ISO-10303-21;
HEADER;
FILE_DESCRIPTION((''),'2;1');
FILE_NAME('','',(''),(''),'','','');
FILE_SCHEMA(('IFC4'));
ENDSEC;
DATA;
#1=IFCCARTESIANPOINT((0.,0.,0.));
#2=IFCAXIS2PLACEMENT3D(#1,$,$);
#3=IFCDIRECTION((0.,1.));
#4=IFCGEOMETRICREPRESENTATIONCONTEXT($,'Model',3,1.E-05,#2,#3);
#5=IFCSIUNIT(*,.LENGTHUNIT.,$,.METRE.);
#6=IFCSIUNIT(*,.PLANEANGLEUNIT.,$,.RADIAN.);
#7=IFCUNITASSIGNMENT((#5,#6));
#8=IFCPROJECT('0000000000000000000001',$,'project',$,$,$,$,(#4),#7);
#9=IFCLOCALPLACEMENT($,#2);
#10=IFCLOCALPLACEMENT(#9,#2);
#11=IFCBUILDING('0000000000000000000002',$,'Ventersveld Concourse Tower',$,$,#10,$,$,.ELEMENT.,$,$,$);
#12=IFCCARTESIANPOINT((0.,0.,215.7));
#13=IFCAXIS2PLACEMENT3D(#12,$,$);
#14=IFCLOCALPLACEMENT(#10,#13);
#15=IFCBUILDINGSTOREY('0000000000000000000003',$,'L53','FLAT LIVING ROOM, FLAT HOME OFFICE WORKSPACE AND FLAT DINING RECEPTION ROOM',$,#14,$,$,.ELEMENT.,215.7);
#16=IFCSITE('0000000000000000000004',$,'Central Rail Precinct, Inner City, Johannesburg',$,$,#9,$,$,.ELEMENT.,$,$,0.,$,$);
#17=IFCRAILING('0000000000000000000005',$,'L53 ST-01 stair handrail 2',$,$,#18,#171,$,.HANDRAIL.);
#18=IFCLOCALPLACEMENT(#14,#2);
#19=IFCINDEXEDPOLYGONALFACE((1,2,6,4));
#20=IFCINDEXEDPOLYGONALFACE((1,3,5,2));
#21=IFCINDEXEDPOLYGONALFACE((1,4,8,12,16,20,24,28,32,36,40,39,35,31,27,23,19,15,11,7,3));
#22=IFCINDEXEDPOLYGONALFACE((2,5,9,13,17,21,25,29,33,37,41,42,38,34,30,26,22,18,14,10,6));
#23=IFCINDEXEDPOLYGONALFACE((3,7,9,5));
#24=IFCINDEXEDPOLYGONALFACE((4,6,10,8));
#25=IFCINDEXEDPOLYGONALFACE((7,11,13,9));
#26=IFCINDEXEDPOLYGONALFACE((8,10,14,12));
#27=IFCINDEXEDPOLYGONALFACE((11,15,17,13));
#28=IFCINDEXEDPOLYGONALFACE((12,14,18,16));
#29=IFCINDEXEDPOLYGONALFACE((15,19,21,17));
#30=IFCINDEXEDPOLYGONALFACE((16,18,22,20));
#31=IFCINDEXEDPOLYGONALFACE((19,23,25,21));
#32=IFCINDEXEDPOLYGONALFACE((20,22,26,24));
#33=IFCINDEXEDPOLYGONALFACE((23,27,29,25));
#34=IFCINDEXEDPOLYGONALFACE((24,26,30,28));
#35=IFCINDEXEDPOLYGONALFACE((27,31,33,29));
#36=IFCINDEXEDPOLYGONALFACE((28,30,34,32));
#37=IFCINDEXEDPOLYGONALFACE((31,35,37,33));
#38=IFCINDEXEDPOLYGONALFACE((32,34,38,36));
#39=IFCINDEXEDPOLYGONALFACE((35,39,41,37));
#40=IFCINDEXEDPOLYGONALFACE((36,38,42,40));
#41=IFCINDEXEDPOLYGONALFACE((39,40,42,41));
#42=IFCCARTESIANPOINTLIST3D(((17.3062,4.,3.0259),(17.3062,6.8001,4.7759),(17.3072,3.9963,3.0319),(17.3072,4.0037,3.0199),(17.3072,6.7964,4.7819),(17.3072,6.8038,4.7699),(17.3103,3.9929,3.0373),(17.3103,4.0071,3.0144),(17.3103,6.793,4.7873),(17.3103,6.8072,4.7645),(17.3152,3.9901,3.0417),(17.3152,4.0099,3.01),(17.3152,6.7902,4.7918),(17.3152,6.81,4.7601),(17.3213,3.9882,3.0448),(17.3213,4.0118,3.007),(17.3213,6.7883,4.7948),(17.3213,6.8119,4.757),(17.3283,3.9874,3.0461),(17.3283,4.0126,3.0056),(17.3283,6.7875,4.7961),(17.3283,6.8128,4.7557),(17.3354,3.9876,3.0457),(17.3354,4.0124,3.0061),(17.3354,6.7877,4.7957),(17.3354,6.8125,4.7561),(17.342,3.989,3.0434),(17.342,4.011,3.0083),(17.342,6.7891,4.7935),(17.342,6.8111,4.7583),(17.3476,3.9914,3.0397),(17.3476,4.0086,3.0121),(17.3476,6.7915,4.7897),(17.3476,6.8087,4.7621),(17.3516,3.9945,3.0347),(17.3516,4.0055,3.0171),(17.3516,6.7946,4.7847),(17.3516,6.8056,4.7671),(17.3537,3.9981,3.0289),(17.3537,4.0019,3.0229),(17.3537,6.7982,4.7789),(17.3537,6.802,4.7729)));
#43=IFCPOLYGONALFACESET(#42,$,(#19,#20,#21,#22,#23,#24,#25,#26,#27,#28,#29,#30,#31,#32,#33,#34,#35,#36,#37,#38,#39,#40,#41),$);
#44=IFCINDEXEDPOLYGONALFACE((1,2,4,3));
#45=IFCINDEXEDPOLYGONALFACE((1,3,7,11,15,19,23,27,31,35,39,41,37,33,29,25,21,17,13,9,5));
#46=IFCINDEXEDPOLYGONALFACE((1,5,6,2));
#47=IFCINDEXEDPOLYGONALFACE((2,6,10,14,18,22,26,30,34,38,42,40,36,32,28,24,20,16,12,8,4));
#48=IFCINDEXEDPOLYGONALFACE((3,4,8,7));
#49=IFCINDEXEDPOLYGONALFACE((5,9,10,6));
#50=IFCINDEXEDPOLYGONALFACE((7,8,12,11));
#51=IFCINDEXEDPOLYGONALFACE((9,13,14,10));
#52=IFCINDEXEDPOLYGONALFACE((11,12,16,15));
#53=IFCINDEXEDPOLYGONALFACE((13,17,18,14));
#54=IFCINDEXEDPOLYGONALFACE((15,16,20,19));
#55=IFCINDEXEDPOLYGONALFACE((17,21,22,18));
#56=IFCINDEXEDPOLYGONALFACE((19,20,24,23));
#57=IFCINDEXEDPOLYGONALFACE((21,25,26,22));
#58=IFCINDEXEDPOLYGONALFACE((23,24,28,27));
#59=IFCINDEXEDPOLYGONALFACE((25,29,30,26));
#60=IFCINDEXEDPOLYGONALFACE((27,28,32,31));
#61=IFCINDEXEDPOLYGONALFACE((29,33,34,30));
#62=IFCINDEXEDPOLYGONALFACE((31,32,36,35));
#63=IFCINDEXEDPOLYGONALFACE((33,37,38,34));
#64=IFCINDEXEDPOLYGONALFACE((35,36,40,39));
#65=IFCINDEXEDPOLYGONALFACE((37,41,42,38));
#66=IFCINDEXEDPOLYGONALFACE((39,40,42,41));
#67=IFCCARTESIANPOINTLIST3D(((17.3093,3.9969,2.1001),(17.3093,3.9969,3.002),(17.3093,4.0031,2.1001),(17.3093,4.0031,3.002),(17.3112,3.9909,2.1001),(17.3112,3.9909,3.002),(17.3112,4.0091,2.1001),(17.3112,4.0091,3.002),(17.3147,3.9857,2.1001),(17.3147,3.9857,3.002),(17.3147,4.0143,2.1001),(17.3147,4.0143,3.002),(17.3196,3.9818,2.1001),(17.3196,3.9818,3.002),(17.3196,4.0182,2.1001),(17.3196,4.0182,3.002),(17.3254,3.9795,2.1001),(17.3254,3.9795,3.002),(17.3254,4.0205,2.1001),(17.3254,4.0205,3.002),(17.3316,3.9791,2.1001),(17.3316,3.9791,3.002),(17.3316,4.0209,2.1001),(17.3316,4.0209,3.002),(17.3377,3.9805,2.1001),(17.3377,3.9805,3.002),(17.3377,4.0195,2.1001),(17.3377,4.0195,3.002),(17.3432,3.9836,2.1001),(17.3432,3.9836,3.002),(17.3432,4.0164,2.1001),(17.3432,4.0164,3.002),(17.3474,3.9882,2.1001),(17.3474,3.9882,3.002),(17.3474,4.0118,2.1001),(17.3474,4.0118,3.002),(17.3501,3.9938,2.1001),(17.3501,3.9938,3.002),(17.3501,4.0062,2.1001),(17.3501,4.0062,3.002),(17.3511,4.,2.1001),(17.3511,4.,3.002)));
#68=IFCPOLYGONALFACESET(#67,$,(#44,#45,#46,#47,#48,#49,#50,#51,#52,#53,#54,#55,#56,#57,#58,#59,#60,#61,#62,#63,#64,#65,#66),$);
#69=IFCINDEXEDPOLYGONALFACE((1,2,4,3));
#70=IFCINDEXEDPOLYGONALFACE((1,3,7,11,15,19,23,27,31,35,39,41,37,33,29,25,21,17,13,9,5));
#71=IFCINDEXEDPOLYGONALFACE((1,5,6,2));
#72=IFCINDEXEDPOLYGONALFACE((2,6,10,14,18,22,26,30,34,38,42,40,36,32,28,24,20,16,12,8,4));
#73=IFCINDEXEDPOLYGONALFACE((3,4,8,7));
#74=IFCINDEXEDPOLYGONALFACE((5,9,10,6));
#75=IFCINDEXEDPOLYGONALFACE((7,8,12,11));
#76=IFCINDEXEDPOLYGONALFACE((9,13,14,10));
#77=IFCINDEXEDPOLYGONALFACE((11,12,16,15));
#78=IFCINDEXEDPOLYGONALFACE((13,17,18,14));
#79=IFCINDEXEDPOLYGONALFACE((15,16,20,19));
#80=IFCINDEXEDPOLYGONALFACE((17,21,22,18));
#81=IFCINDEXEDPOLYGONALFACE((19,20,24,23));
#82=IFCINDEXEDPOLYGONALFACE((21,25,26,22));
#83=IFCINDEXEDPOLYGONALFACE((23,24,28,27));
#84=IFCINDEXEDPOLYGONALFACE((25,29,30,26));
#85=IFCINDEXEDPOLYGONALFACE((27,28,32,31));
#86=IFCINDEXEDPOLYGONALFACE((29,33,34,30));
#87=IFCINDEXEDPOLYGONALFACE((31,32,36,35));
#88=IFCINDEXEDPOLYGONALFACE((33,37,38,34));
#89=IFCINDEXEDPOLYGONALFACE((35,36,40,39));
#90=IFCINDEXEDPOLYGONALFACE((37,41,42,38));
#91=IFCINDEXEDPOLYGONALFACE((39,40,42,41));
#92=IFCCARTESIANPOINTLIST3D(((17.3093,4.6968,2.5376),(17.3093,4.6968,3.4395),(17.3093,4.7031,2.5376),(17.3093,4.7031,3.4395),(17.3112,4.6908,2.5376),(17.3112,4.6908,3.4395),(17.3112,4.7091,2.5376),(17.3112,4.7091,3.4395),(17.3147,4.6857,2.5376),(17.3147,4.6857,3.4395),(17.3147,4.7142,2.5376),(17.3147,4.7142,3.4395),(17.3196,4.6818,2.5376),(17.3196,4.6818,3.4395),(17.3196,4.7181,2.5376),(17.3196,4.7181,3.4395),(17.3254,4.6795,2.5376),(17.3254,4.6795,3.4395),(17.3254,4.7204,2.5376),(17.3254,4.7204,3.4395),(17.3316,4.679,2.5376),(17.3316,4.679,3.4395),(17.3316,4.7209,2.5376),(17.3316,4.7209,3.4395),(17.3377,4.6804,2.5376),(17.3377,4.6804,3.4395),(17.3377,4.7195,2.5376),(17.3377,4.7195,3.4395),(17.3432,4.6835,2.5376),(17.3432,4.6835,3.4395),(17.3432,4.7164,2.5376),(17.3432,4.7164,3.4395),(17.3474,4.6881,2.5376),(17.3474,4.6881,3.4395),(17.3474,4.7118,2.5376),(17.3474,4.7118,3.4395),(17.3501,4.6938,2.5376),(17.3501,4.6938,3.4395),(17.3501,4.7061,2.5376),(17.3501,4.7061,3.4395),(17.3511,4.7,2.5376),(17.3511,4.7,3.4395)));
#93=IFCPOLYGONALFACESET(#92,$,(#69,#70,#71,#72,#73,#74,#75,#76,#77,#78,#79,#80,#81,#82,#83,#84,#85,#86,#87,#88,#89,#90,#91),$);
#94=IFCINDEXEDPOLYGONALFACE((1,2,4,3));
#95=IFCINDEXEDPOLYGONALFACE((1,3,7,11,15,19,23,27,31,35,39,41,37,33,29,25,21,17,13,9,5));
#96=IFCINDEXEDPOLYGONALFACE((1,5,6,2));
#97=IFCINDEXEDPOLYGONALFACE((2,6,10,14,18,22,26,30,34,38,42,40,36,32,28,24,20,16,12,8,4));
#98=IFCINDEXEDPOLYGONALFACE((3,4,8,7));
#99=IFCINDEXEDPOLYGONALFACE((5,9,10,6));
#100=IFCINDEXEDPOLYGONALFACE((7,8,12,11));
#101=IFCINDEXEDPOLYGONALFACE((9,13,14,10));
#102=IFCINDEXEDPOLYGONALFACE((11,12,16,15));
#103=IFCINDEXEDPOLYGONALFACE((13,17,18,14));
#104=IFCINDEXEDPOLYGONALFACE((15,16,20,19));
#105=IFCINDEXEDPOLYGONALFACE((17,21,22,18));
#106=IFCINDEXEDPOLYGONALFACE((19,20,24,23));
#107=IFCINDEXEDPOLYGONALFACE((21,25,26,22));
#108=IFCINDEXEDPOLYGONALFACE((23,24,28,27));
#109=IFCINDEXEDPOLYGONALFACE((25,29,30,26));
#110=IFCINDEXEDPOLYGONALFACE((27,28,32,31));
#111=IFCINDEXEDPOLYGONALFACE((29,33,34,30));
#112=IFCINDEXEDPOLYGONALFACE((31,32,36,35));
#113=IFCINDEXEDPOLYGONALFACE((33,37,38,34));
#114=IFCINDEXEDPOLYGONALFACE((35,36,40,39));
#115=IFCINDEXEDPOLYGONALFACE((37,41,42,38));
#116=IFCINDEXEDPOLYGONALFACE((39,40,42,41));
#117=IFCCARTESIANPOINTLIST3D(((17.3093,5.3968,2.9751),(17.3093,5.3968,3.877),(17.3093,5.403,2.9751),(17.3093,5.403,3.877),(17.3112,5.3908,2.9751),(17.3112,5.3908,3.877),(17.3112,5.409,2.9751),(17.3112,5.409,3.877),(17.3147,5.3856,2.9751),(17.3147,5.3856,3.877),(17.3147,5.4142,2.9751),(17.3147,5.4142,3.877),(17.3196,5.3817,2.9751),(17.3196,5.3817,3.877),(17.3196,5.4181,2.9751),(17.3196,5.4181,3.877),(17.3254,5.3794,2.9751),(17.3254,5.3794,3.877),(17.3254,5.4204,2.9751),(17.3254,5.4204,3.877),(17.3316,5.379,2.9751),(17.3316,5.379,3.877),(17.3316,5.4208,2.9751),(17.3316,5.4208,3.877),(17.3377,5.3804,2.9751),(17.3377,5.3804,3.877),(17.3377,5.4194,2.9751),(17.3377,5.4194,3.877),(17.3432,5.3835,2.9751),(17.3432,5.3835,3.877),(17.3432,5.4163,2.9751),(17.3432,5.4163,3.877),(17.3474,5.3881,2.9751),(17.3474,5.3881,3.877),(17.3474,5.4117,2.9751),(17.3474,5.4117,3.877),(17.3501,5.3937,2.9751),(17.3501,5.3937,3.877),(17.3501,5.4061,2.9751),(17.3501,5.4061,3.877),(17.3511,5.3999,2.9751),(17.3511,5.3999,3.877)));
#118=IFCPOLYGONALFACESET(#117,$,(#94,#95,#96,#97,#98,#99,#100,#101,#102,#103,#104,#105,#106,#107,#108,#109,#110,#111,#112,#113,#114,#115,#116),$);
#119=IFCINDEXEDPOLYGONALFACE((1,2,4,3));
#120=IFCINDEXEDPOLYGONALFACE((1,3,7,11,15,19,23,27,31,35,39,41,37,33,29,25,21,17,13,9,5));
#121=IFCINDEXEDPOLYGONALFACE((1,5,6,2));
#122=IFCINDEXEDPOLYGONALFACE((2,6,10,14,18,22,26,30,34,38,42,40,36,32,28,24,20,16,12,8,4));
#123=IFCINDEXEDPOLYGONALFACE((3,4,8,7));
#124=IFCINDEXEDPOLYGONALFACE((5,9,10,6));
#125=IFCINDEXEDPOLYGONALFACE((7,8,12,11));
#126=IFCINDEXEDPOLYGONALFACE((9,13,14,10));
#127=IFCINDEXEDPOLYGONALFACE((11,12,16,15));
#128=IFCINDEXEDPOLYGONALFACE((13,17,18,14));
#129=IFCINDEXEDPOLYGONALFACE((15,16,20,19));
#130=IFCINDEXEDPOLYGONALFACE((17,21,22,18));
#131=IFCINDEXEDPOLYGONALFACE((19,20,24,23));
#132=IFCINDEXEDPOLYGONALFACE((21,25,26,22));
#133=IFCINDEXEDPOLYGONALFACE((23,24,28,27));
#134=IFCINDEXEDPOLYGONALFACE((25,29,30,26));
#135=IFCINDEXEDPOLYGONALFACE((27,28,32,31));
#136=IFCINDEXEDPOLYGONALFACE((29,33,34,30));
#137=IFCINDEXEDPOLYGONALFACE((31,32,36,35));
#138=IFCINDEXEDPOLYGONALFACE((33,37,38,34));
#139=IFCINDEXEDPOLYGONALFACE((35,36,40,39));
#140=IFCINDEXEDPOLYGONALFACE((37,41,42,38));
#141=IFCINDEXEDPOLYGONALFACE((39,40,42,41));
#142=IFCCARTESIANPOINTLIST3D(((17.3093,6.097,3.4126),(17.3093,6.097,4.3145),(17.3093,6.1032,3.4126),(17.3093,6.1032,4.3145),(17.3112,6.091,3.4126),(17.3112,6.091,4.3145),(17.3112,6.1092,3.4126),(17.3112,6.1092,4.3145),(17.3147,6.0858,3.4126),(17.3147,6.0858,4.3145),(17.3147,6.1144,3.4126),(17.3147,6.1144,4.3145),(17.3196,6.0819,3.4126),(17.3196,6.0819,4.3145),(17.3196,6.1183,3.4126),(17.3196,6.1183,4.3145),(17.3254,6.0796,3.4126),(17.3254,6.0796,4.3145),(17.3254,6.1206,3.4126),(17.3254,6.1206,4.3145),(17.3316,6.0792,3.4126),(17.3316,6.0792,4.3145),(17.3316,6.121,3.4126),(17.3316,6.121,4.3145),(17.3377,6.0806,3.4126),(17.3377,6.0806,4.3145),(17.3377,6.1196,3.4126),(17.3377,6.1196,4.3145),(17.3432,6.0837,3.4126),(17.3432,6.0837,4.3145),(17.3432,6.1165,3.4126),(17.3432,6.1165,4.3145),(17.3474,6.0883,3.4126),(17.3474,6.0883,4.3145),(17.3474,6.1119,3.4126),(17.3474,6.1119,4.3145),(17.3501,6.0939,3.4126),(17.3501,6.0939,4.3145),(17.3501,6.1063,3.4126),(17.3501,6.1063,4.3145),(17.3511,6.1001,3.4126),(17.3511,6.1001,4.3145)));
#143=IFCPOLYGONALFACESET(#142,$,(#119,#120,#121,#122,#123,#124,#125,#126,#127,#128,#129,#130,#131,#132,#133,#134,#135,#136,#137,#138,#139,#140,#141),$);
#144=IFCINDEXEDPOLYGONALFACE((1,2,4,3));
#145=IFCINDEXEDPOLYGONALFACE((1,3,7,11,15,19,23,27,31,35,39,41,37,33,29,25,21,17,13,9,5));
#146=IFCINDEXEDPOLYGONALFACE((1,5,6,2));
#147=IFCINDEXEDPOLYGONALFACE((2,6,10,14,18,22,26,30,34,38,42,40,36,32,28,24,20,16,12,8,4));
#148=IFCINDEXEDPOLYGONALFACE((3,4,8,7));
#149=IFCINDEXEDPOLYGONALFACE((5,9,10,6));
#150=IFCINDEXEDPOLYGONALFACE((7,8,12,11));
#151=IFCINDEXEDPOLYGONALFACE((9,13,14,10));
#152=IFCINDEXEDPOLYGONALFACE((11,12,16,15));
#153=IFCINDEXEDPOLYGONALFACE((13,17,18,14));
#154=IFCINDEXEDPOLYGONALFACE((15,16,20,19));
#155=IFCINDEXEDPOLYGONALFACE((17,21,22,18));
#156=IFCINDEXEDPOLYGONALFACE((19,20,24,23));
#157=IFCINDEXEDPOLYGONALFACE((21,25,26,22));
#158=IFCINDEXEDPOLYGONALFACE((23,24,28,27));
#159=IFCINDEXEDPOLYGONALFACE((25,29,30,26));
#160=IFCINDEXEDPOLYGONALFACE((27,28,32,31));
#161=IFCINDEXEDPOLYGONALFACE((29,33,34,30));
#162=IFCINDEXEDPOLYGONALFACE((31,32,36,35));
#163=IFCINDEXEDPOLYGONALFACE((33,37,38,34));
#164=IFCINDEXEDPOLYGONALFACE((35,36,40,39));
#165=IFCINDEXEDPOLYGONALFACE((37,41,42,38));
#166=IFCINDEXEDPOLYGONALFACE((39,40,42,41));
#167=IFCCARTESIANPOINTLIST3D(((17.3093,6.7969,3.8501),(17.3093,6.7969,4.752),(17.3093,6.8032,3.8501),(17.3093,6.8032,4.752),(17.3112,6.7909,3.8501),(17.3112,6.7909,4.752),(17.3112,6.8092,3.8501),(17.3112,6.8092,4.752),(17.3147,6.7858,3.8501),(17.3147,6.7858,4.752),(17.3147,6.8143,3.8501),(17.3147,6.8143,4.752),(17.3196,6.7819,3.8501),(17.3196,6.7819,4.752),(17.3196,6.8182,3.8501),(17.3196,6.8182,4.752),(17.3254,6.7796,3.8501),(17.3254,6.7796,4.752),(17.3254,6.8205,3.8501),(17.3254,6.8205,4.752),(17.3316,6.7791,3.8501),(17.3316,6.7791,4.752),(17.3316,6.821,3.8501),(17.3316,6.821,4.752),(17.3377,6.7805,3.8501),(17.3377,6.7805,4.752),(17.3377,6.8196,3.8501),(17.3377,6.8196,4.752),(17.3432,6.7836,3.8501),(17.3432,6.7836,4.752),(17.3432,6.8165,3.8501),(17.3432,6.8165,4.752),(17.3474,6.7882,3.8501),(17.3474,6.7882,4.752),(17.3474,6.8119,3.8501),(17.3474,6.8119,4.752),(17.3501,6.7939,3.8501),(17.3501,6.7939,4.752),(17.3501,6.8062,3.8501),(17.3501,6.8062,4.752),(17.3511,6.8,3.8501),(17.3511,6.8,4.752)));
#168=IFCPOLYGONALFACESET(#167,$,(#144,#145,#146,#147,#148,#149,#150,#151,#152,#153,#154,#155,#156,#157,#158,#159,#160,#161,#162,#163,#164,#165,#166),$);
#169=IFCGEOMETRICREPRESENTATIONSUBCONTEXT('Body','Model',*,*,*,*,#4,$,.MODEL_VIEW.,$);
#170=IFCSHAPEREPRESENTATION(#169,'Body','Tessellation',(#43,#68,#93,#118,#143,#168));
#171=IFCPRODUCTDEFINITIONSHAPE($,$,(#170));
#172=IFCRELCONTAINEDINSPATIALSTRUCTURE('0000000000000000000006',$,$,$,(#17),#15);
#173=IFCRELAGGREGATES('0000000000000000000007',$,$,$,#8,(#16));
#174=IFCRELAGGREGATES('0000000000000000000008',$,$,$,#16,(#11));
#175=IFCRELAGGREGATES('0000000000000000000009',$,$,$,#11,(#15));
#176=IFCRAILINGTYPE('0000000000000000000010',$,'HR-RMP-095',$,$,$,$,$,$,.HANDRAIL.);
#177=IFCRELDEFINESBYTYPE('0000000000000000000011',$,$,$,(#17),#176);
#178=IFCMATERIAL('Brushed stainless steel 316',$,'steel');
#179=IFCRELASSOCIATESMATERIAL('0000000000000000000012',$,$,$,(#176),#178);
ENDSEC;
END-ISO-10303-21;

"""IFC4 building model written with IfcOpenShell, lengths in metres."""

from ifc_helpers import new_model, si_unit, direction, frame, origin, origin_2d, place, context, subcontext, project, spatial, circle, extrude, material, type_object, element, save


model = new_model("IFC4")

# Units and contexts
model_context = context("Model", 3, precision=1e-05, world=origin(), true_north=direction((0.0, 1.0)))
body_context = subcontext(model_context, "Body", "Model", "MODEL_VIEW")
ifc_project = project(units=[si_unit("LENGTHUNIT", "METRE"), si_unit("PLANEANGLEUNIT", "RADIAN")], contexts=[model_context])

# Site, building, storey
site_placement = place(None, origin())
site = spatial("IfcSite", under=ifc_project, at=site_placement, Name="Central Rail Precinct, Inner City, Johannesburg", CompositionType="ELEMENT", RefElevation=0.0)
building_placement = place(site_placement, origin())
building = spatial("IfcBuilding", under=site, at=building_placement, Name="Ventersveld Concourse Tower", CompositionType="ELEMENT")
storey_placement = place(building_placement, frame((0.0, 0.0, 215.7)))
storey = spatial("IfcBuildingStorey", under=building, at=storey_placement, Name="L53", Description="FLAT LIVING ROOM, FLAT HOME OFFICE WORKSPACE AND FLAT DINING RECEPTION ROOM", CompositionType="ELEMENT", Elevation=215.7)

# Railing
ifc_material_1 = material(Name="Brushed stainless steel 316", Category="steel")
railing_type_1 = type_object("IfcRailingType", Name="HR-RMP-095", PredefinedType="HANDRAIL", material=ifc_material_1)
railing_1_placement = place(storey_placement, frame((17.3301, 4.0, 2.1001)))
element("IfcRailing", 1, at=railing_1_placement, inside=storey, type_object=railing_type_1, Name="L53 ST-01 stair handrail 2", PredefinedType="HANDRAIL", context=body_context, shape_type="SweptSolid", body=[
    extrude(circle(Radius=0.0239, at=origin_2d()), frame((0.0, 0.0, 0.9258), z_axis=(0.0, 0.848002, 0.529992), x_axis=(-1.0, 0.0, 0.0)), (0.0, 0.0, 1.0), 3.302),
    extrude(circle(Radius=0.021, at=origin_2d()), origin(), (0.0, 0.0, 1.0), 0.9019),
    extrude(circle(Radius=0.021, at=origin_2d()), frame((0.0, 0.7, 0.4375)), (0.0, 0.0, 1.0), 0.9019),
    extrude(circle(Radius=0.021, at=origin_2d()), frame((0.0, 1.3999, 0.875)), (0.0, 0.0, 1.0), 0.9019),
    extrude(circle(Radius=0.021, at=origin_2d()), frame((0.0, 2.1001, 1.3125)), (0.0, 0.0, 1.0), 0.9019),
    extrude(circle(Radius=0.021, at=origin_2d()), frame((0.0, 2.8, 1.75)), (0.0, 0.0, 1.0), 0.9019),
])

save(model, "model.ifc")
